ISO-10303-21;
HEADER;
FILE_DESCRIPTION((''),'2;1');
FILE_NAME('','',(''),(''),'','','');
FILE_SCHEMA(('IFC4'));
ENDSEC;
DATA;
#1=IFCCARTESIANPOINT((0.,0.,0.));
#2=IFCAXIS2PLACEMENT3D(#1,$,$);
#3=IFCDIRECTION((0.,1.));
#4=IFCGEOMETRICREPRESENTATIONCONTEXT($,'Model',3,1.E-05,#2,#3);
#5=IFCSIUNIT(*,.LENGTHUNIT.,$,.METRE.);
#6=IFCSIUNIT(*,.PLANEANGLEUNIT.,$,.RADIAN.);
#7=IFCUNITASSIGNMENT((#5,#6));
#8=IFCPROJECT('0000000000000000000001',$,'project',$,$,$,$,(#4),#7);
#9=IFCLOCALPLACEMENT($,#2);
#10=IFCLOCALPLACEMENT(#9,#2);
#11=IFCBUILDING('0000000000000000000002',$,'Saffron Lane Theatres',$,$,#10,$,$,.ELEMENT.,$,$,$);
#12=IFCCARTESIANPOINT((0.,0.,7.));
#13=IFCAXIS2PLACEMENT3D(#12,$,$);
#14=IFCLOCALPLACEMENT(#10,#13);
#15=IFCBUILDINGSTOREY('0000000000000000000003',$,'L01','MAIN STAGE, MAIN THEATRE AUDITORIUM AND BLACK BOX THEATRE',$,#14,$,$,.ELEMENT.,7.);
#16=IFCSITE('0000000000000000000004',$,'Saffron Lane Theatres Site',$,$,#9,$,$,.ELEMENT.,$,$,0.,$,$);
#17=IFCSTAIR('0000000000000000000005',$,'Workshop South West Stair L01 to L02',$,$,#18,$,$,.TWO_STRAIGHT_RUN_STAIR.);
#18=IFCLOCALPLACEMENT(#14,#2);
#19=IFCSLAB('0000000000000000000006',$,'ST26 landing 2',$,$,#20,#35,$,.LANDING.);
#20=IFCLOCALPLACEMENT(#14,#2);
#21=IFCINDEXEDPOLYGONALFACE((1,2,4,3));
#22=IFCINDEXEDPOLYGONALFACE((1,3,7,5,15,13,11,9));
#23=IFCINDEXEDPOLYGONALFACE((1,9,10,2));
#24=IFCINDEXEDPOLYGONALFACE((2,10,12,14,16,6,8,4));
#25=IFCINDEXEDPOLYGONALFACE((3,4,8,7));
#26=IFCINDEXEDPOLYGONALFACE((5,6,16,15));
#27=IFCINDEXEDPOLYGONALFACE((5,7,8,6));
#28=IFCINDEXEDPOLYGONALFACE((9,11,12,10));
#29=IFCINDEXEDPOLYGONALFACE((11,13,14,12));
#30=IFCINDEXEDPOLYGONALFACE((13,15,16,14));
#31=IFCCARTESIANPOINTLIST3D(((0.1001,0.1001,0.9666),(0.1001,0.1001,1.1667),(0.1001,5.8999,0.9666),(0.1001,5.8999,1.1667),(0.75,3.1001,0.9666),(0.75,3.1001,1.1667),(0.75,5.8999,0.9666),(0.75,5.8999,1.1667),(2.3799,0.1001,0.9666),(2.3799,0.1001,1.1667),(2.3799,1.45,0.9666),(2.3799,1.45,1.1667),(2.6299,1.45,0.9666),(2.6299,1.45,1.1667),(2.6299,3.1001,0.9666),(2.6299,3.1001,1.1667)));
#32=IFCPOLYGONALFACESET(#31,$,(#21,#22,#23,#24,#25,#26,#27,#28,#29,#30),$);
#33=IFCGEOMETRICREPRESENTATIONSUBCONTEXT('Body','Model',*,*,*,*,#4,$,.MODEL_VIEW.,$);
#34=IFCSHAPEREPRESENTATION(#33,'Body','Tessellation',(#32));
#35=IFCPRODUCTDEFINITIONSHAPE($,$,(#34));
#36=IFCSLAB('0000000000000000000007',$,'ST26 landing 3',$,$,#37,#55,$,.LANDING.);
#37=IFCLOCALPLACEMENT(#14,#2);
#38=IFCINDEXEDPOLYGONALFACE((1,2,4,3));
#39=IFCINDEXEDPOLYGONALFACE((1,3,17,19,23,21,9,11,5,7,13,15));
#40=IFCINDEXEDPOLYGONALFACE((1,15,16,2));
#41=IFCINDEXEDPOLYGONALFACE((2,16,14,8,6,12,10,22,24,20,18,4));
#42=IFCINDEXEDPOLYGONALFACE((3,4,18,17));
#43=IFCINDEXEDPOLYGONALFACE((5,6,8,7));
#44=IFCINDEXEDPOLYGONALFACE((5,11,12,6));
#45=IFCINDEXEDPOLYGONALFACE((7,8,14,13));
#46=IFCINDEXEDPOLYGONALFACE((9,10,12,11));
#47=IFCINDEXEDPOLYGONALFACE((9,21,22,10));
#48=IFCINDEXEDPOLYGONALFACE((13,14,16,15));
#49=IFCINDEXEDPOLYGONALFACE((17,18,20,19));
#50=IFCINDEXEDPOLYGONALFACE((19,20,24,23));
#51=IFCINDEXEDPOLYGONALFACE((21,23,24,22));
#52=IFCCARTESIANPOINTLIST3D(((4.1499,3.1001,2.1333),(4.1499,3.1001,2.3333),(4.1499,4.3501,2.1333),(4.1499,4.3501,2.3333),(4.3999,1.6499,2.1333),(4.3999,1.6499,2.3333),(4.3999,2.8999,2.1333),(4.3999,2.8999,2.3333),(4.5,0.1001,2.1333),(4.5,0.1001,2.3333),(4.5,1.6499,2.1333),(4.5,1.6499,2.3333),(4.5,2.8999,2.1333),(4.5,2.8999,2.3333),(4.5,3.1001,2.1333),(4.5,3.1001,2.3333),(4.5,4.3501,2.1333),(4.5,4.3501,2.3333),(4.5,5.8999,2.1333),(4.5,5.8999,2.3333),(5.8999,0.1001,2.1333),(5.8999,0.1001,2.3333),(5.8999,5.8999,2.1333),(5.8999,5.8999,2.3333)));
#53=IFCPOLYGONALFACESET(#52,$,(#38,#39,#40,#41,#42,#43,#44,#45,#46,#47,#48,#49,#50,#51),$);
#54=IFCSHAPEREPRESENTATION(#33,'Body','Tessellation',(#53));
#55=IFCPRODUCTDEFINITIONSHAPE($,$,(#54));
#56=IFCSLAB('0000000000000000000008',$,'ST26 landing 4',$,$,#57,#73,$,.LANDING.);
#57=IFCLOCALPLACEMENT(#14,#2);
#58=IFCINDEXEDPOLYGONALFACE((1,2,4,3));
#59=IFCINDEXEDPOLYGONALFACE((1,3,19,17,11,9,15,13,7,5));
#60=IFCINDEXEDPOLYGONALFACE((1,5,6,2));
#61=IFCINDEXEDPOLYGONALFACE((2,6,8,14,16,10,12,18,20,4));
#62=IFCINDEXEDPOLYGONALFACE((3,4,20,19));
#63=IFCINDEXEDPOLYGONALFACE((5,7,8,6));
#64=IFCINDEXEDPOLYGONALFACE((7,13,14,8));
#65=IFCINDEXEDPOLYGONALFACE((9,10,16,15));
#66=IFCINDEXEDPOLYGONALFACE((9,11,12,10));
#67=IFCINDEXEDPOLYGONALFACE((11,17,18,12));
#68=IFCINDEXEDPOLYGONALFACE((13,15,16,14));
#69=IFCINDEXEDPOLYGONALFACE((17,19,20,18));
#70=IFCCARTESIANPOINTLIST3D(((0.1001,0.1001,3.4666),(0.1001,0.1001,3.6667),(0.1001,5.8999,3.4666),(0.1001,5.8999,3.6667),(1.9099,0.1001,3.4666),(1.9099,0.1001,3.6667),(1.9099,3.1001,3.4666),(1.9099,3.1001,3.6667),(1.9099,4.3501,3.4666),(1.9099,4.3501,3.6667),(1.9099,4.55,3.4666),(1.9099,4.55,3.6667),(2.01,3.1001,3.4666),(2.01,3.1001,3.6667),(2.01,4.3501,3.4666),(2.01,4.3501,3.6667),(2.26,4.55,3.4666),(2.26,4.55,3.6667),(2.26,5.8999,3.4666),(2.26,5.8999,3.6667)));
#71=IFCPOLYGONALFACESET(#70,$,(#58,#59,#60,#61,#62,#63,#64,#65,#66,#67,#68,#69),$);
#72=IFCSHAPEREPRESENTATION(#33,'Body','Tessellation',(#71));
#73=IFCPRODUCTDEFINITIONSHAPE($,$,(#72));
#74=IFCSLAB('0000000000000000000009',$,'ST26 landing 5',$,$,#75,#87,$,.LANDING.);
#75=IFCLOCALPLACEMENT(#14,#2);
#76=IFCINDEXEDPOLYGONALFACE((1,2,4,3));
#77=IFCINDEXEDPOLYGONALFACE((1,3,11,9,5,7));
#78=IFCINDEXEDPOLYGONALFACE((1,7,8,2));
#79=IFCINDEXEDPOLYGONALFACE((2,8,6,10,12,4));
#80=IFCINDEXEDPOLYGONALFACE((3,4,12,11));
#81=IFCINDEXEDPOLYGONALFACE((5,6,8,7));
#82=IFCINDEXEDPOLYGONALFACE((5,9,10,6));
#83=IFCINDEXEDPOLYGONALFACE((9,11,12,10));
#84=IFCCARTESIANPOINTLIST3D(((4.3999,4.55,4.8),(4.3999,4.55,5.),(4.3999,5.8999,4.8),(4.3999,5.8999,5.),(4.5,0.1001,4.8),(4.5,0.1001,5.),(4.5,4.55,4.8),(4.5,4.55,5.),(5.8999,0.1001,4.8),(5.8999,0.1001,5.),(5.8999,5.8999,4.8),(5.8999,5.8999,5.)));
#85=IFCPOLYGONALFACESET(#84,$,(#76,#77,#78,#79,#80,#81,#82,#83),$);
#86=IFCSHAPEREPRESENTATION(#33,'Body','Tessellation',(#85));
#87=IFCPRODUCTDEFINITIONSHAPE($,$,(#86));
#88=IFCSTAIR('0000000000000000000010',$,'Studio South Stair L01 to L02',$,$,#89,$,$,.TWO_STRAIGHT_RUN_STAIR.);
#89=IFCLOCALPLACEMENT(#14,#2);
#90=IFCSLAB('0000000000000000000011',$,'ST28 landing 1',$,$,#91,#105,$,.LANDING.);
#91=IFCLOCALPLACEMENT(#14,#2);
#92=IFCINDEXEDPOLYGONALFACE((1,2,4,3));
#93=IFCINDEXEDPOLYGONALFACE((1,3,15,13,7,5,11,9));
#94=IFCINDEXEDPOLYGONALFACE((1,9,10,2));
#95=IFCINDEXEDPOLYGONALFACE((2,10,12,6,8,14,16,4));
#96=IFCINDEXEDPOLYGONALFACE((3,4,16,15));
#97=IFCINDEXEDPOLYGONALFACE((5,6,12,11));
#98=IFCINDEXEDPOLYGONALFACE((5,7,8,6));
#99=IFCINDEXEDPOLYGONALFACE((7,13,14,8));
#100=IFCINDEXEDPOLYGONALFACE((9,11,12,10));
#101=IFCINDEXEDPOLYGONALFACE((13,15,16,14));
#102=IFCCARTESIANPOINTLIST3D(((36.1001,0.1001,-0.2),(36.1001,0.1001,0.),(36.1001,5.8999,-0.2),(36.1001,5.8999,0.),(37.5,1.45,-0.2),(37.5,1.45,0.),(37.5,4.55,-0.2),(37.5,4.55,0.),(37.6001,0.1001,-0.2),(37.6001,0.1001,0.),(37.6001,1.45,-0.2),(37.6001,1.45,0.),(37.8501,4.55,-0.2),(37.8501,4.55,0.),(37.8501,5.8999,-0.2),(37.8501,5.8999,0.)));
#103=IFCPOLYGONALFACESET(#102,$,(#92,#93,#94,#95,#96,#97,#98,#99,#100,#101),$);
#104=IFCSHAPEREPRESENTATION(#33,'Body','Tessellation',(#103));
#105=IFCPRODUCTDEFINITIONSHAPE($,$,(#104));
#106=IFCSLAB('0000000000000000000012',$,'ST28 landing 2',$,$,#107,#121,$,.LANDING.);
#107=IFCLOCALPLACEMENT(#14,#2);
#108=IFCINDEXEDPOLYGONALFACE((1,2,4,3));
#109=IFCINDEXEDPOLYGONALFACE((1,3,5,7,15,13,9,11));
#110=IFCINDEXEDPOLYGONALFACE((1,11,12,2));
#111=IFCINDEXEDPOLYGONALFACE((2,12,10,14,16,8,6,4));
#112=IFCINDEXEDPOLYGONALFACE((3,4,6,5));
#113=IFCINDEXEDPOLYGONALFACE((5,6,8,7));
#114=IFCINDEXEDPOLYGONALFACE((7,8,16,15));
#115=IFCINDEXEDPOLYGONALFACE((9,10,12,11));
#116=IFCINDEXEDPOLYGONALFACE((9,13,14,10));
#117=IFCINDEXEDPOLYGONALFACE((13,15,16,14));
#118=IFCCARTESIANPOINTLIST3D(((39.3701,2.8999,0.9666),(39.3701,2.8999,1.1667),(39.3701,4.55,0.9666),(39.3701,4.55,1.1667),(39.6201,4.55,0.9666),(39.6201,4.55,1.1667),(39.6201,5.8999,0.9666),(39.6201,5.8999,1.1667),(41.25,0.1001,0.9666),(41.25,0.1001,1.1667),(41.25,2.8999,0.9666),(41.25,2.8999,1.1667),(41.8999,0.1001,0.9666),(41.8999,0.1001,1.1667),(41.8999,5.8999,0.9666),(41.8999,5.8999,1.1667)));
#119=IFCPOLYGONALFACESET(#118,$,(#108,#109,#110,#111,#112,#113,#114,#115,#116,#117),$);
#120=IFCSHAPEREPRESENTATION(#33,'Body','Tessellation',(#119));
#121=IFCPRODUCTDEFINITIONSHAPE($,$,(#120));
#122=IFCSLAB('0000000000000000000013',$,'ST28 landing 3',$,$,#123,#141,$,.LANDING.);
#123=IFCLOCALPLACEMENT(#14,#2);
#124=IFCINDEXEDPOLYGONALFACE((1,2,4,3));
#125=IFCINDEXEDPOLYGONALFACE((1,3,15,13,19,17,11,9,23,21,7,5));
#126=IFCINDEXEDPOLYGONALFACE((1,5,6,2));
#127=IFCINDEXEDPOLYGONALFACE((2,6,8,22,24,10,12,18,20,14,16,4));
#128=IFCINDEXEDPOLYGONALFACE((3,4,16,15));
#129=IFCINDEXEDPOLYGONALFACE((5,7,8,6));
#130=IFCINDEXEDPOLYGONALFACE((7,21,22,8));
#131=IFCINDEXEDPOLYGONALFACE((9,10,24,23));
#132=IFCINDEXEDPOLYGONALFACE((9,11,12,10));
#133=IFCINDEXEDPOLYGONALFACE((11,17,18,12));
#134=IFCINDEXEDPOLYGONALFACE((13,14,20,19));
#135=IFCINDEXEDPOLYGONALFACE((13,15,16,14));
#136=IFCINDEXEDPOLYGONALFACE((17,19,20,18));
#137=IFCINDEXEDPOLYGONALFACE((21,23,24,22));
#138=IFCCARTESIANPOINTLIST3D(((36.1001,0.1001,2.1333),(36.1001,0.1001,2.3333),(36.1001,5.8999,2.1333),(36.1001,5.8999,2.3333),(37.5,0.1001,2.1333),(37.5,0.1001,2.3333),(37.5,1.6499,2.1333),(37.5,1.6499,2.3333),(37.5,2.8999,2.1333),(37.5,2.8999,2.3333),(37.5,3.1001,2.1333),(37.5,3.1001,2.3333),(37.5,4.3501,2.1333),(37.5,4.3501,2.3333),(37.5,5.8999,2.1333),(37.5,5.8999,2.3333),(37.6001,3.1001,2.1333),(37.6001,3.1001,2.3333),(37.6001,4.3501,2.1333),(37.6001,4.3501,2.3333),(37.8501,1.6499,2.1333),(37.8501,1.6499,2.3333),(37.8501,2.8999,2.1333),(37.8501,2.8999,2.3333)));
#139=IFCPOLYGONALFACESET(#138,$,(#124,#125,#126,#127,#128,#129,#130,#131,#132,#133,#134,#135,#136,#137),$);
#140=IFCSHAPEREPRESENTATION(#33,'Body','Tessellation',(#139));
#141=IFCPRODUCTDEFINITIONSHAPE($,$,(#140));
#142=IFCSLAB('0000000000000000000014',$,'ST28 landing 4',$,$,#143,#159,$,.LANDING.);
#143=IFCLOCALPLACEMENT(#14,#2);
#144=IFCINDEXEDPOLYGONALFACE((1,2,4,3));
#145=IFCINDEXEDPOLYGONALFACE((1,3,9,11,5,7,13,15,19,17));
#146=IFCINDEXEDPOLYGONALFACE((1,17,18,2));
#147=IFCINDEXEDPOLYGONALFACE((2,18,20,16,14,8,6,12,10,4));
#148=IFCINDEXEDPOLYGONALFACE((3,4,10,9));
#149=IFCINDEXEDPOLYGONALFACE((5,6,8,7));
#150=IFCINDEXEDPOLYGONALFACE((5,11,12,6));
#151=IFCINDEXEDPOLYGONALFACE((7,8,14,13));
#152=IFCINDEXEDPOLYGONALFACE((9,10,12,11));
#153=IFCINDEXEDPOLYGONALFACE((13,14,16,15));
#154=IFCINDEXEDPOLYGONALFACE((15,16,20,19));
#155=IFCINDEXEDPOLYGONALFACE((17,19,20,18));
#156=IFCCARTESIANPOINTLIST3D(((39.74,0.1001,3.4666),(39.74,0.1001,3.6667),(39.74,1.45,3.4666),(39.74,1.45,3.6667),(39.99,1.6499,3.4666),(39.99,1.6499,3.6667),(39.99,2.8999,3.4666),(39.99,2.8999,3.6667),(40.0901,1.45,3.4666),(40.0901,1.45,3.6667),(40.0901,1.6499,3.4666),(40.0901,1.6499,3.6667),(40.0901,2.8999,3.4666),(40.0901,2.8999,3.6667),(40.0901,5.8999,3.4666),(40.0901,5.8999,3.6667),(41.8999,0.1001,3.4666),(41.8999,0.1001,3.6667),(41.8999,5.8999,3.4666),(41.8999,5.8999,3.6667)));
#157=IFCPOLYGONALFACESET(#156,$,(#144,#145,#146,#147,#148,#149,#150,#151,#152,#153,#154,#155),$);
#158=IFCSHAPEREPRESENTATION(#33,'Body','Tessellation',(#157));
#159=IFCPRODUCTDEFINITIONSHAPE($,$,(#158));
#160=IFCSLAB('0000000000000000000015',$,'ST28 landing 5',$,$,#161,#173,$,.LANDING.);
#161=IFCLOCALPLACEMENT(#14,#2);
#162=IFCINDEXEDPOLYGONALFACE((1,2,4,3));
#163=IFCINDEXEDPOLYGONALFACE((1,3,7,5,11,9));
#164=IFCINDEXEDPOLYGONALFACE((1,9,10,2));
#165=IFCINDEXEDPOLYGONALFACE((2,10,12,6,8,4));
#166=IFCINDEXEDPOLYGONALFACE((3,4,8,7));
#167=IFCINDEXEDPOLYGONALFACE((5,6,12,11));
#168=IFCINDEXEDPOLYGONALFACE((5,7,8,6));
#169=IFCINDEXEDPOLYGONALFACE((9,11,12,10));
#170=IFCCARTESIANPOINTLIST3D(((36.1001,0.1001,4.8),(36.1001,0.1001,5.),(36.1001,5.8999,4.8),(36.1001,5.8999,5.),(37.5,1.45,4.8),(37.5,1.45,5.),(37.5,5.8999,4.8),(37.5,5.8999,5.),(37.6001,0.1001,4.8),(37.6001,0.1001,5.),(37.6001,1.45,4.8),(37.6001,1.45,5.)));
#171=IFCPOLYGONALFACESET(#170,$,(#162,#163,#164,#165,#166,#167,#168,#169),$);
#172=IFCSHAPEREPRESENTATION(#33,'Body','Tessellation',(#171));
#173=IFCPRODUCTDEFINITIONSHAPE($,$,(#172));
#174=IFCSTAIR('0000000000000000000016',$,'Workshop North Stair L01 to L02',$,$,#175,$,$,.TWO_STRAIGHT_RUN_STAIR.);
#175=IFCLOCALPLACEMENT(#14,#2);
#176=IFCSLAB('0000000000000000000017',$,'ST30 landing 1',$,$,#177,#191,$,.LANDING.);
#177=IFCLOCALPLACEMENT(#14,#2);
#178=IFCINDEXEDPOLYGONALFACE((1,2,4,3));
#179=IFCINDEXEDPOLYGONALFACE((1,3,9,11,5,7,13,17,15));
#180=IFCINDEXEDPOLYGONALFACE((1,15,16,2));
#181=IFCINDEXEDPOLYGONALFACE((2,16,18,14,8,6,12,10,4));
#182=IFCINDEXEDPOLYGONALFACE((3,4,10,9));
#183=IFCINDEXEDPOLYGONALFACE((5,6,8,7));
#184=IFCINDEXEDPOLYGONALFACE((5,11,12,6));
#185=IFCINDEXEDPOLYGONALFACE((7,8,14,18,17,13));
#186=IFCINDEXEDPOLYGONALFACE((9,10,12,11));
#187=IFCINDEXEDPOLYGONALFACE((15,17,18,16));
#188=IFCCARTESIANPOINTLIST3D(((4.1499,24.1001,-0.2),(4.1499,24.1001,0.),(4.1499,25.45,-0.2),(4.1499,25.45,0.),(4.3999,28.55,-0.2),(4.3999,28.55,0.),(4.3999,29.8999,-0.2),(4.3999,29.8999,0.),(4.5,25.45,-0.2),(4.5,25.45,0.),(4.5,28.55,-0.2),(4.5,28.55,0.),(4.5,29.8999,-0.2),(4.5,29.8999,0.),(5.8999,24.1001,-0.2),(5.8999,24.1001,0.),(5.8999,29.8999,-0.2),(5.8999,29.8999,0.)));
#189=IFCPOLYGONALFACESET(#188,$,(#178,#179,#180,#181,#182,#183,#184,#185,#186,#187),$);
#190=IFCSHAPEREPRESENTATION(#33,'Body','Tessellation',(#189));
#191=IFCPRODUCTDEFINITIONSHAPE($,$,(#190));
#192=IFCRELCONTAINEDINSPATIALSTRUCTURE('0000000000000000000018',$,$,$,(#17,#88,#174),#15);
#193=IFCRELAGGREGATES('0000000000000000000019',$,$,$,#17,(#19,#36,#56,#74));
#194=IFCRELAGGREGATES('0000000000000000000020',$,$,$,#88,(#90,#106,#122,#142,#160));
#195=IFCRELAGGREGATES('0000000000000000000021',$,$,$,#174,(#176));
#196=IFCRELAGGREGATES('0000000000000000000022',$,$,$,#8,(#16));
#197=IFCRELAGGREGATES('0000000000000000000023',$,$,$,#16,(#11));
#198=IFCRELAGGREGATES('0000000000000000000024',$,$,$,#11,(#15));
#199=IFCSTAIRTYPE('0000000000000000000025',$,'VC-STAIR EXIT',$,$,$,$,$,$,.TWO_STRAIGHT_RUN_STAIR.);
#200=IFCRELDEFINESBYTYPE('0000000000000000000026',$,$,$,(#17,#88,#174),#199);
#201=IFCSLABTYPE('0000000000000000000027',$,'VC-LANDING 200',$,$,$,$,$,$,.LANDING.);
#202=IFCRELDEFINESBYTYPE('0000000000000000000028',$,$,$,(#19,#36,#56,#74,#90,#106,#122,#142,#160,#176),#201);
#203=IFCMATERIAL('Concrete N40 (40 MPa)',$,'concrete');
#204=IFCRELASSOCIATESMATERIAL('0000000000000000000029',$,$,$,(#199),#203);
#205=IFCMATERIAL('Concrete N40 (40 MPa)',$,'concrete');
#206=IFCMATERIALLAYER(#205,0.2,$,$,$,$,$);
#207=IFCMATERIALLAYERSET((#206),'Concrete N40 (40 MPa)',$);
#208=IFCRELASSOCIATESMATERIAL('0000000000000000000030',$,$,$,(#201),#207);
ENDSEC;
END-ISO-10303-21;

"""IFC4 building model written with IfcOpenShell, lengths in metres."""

from ifc_helpers import new_model, si_unit, direction, frame, origin, place, context, subcontext, project, spatial, polyline, outline, extrude, material, layer, layer_set, type_object, element, aggregate, save


model = new_model("IFC4")

# Units and contexts
model_context = context("Model", 3, precision=1e-05, world=origin(), true_north=direction((0.0, 1.0)))
body_context = subcontext(model_context, "Body", "Model", "MODEL_VIEW")
ifc_project = project(units=[si_unit("LENGTHUNIT", "METRE"), si_unit("PLANEANGLEUNIT", "RADIAN")], contexts=[model_context])

# Site, building, storey
site_placement = place(None, origin())
site = spatial("IfcSite", under=ifc_project, at=site_placement, Name="Saffron Lane Theatres Site", CompositionType="ELEMENT", RefElevation=0.0)
building_placement = place(site_placement, origin())
building = spatial("IfcBuilding", under=site, at=building_placement, Name="Saffron Lane Theatres", CompositionType="ELEMENT")
storey_placement = place(building_placement, frame((0.0, 0.0, 7.0)))
storey = spatial("IfcBuildingStorey", under=building, at=storey_placement, Name="L01", Description="MAIN STAGE, MAIN THEATRE AUDITORIUM AND BLACK BOX THEATRE", CompositionType="ELEMENT", Elevation=7.0)

# Stairs, slabs
ifc_material_1 = material(Name="Concrete N40 (40 MPa)", Category="concrete")
stair_type_1 = type_object("IfcStairType", Name="VC-STAIR EXIT", PredefinedType="TWO_STRAIGHT_RUN_STAIR", material=ifc_material_1)
stair_1_placement = place(storey_placement, origin())
stair_1 = element("IfcStair", 1, at=stair_1_placement, inside=storey, type_object=stair_type_1, Name="Workshop South West Stair L01 to L02", PredefinedType="TWO_STRAIGHT_RUN_STAIR")
ifc_material_2 = material(Name="Concrete N40 (40 MPa)", Category="concrete")
ifc_layer = layer(ifc_material_2, 0.2)
ifc_layer_set = layer_set([ifc_layer], Name="Concrete N40 (40 MPa)")
slab_type = type_object("IfcSlabType", Name="VC-LANDING 200", PredefinedType="LANDING", material=ifc_layer_set)
slab_1_placement = place(storey_placement, frame((0.0, 0.0, 0.9666)))
slab_1 = element("IfcSlab", 2, at=slab_1_placement, type_object=slab_type, Name="ST26 landing 2", PredefinedType="LANDING", context=body_context, shape_type="SweptSolid", body=[
    extrude(outline(polyline([(2.6299, 3.1001), (2.6299, 1.45), (2.3799, 1.45), (2.3799, 0.1001), (0.1001, 0.1001), (0.1001, 5.8999), (0.75, 5.8999), (0.75, 3.1001), (2.6299, 3.1001)])), origin(), (0.0, 0.0, 1.0), 0.2002),
])
slab_2_placement = place(storey_placement, frame((0.0, 0.0, 2.1333)))
slab_2 = element("IfcSlab", 3, at=slab_2_placement, type_object=slab_type, Name="ST26 landing 3", PredefinedType="LANDING", context=body_context, shape_type="SweptSolid", body=[
    extrude(outline(polyline([(4.5, 5.8999), (5.8999, 5.8999), (5.8999, 0.1001), (4.5, 0.1001), (4.5, 1.6499), (4.3999, 1.6499), (4.3999, 2.8999), (4.5, 2.8999), (4.5, 3.1001), (4.1499, 3.1001), (4.1499, 4.3501), (4.5, 4.3501), (4.5, 5.8999)])), origin(), (0.0, 0.0, 1.0), 0.2),
])
slab_3_placement = place(storey_placement, frame((0.0, 0.0, 3.4666)))
slab_3 = element("IfcSlab", 4, at=slab_3_placement, type_object=slab_type, Name="ST26 landing 4", PredefinedType="LANDING", context=body_context, shape_type="SweptSolid", body=[
    extrude(outline(polyline([(1.9099, 4.55), (1.9099, 4.3501), (2.01, 4.3501), (2.01, 3.1001), (1.9099, 3.1001), (1.9099, 0.1001), (0.1001, 0.1001), (0.1001, 5.8999), (2.26, 5.8999), (2.26, 4.55), (1.9099, 4.55)])), origin(), (0.0, 0.0, 1.0), 0.2002),
])
slab_4_placement = place(storey_placement, frame((0.0, 0.0, 4.8)))
slab_4 = element("IfcSlab", 5, at=slab_4_placement, type_object=slab_type, Name="ST26 landing 5", PredefinedType="LANDING", context=body_context, shape_type="SweptSolid", body=[
    extrude(outline(polyline([(5.8999, 5.8999), (5.8999, 0.1001), (4.5, 0.1001), (4.5, 4.55), (4.3999, 4.55), (4.3999, 5.8999), (5.8999, 5.8999)])), origin(), (0.0, 0.0, 1.0), 0.2),
])
aggregate(stair_1, [slab_1, slab_2, slab_3, slab_4])
stair_2_placement = place(storey_placement, origin())
stair_2 = element("IfcStair", 6, at=stair_2_placement, inside=storey, type_object=stair_type_1, Name="Studio South Stair L01 to L02", PredefinedType="TWO_STRAIGHT_RUN_STAIR")
slab_5_placement = place(storey_placement, frame((0.0, 0.0, -0.2)))
slab_5 = element("IfcSlab", 7, at=slab_5_placement, type_object=slab_type, Name="ST28 landing 1", PredefinedType="LANDING", context=body_context, shape_type="SweptSolid", body=[
    extrude(outline(polyline([(36.1001, 0.1001), (36.1001, 5.8999), (37.8501, 5.8999), (37.8501, 4.55), (37.5, 4.55), (37.5, 1.45), (37.6001, 1.45), (37.6001, 0.1001), (36.1001, 0.1001)])), origin(), (0.0, 0.0, 1.0), 0.2),
])
slab_6_placement = place(storey_placement, frame((0.0, 0.0, 0.9666)))
slab_6 = element("IfcSlab", 8, at=slab_6_placement, type_object=slab_type, Name="ST28 landing 2", PredefinedType="LANDING", context=body_context, shape_type="SweptSolid", body=[
    extrude(outline(polyline([(39.3701, 2.8999), (39.3701, 4.55), (39.6201, 4.55), (39.6201, 5.8999), (41.8999, 5.8999), (41.8999, 0.1001), (41.25, 0.1001), (41.25, 2.8999), (39.3701, 2.8999)])), origin(), (0.0, 0.0, 1.0), 0.2002),
])
slab_7_placement = place(storey_placement, frame((0.0, 0.0, 2.1333)))
slab_7 = element("IfcSlab", 9, at=slab_7_placement, type_object=slab_type, Name="ST28 landing 3", PredefinedType="LANDING", context=body_context, shape_type="SweptSolid", body=[
    extrude(outline(polyline([(37.5, 0.1001), (36.1001, 0.1001), (36.1001, 5.8999), (37.5, 5.8999), (37.5, 4.3501), (37.6001, 4.3501), (37.6001, 3.1001), (37.5, 3.1001), (37.5, 2.8999), (37.8501, 2.8999), (37.8501, 1.6499), (37.5, 1.6499), (37.5, 0.1001)])), origin(), (0.0, 0.0, 1.0), 0.2),
])
slab_8_placement = place(storey_placement, frame((0.0, 0.0, 3.4666)))
slab_8 = element("IfcSlab", 10, at=slab_8_placement, type_object=slab_type, Name="ST28 landing 4", PredefinedType="LANDING", context=body_context, shape_type="SweptSolid", body=[
    extrude(outline(polyline([(40.0901, 1.45), (40.0901, 1.6499), (39.99, 1.6499), (39.99, 2.8999), (40.0901, 2.8999), (40.0901, 5.8999), (41.8999, 5.8999), (41.8999, 0.1001), (39.74, 0.1001), (39.74, 1.45), (40.0901, 1.45)])), origin(), (0.0, 0.0, 1.0), 0.2002),
])
slab_9_placement = place(storey_placement, frame((0.0, 0.0, 4.8)))
slab_9 = element("IfcSlab", 11, at=slab_9_placement, type_object=slab_type, Name="ST28 landing 5", PredefinedType="LANDING", context=body_context, shape_type="SweptSolid", body=[
    extrude(outline(polyline([(36.1001, 0.1001), (36.1001, 5.8999), (37.5, 5.8999), (37.5, 1.45), (37.6001, 1.45), (37.6001, 0.1001), (36.1001, 0.1001)])), origin(), (0.0, 0.0, 1.0), 0.2),
])
aggregate(stair_2, [slab_5, slab_6, slab_7, slab_8, slab_9])
stair_3_placement = place(storey_placement, origin())
stair_3 = element("IfcStair", 12, at=stair_3_placement, inside=storey, type_object=stair_type_1, Name="Workshop North Stair L01 to L02", PredefinedType="TWO_STRAIGHT_RUN_STAIR")
slab_10_placement = place(storey_placement, frame((0.0, 0.0, -0.2)))
slab_10 = element("IfcSlab", 13, at=slab_10_placement, type_object=slab_type, Name="ST30 landing 1", PredefinedType="LANDING", context=body_context, shape_type="SweptSolid", body=[
    extrude(outline(polyline([(4.5, 29.8999), (5.8999, 29.8999), (5.8999, 24.1001), (4.1499, 24.1001), (4.1499, 25.45), (4.5, 25.45), (4.5, 28.55), (4.3999, 28.55), (4.3999, 29.8999), (4.5, 29.8999), (4.5, 29.8999)])), origin(), (0.0, 0.0, 1.0), 0.2),
])
aggregate(stair_3, [slab_10])

save(model, "model.ifc")
